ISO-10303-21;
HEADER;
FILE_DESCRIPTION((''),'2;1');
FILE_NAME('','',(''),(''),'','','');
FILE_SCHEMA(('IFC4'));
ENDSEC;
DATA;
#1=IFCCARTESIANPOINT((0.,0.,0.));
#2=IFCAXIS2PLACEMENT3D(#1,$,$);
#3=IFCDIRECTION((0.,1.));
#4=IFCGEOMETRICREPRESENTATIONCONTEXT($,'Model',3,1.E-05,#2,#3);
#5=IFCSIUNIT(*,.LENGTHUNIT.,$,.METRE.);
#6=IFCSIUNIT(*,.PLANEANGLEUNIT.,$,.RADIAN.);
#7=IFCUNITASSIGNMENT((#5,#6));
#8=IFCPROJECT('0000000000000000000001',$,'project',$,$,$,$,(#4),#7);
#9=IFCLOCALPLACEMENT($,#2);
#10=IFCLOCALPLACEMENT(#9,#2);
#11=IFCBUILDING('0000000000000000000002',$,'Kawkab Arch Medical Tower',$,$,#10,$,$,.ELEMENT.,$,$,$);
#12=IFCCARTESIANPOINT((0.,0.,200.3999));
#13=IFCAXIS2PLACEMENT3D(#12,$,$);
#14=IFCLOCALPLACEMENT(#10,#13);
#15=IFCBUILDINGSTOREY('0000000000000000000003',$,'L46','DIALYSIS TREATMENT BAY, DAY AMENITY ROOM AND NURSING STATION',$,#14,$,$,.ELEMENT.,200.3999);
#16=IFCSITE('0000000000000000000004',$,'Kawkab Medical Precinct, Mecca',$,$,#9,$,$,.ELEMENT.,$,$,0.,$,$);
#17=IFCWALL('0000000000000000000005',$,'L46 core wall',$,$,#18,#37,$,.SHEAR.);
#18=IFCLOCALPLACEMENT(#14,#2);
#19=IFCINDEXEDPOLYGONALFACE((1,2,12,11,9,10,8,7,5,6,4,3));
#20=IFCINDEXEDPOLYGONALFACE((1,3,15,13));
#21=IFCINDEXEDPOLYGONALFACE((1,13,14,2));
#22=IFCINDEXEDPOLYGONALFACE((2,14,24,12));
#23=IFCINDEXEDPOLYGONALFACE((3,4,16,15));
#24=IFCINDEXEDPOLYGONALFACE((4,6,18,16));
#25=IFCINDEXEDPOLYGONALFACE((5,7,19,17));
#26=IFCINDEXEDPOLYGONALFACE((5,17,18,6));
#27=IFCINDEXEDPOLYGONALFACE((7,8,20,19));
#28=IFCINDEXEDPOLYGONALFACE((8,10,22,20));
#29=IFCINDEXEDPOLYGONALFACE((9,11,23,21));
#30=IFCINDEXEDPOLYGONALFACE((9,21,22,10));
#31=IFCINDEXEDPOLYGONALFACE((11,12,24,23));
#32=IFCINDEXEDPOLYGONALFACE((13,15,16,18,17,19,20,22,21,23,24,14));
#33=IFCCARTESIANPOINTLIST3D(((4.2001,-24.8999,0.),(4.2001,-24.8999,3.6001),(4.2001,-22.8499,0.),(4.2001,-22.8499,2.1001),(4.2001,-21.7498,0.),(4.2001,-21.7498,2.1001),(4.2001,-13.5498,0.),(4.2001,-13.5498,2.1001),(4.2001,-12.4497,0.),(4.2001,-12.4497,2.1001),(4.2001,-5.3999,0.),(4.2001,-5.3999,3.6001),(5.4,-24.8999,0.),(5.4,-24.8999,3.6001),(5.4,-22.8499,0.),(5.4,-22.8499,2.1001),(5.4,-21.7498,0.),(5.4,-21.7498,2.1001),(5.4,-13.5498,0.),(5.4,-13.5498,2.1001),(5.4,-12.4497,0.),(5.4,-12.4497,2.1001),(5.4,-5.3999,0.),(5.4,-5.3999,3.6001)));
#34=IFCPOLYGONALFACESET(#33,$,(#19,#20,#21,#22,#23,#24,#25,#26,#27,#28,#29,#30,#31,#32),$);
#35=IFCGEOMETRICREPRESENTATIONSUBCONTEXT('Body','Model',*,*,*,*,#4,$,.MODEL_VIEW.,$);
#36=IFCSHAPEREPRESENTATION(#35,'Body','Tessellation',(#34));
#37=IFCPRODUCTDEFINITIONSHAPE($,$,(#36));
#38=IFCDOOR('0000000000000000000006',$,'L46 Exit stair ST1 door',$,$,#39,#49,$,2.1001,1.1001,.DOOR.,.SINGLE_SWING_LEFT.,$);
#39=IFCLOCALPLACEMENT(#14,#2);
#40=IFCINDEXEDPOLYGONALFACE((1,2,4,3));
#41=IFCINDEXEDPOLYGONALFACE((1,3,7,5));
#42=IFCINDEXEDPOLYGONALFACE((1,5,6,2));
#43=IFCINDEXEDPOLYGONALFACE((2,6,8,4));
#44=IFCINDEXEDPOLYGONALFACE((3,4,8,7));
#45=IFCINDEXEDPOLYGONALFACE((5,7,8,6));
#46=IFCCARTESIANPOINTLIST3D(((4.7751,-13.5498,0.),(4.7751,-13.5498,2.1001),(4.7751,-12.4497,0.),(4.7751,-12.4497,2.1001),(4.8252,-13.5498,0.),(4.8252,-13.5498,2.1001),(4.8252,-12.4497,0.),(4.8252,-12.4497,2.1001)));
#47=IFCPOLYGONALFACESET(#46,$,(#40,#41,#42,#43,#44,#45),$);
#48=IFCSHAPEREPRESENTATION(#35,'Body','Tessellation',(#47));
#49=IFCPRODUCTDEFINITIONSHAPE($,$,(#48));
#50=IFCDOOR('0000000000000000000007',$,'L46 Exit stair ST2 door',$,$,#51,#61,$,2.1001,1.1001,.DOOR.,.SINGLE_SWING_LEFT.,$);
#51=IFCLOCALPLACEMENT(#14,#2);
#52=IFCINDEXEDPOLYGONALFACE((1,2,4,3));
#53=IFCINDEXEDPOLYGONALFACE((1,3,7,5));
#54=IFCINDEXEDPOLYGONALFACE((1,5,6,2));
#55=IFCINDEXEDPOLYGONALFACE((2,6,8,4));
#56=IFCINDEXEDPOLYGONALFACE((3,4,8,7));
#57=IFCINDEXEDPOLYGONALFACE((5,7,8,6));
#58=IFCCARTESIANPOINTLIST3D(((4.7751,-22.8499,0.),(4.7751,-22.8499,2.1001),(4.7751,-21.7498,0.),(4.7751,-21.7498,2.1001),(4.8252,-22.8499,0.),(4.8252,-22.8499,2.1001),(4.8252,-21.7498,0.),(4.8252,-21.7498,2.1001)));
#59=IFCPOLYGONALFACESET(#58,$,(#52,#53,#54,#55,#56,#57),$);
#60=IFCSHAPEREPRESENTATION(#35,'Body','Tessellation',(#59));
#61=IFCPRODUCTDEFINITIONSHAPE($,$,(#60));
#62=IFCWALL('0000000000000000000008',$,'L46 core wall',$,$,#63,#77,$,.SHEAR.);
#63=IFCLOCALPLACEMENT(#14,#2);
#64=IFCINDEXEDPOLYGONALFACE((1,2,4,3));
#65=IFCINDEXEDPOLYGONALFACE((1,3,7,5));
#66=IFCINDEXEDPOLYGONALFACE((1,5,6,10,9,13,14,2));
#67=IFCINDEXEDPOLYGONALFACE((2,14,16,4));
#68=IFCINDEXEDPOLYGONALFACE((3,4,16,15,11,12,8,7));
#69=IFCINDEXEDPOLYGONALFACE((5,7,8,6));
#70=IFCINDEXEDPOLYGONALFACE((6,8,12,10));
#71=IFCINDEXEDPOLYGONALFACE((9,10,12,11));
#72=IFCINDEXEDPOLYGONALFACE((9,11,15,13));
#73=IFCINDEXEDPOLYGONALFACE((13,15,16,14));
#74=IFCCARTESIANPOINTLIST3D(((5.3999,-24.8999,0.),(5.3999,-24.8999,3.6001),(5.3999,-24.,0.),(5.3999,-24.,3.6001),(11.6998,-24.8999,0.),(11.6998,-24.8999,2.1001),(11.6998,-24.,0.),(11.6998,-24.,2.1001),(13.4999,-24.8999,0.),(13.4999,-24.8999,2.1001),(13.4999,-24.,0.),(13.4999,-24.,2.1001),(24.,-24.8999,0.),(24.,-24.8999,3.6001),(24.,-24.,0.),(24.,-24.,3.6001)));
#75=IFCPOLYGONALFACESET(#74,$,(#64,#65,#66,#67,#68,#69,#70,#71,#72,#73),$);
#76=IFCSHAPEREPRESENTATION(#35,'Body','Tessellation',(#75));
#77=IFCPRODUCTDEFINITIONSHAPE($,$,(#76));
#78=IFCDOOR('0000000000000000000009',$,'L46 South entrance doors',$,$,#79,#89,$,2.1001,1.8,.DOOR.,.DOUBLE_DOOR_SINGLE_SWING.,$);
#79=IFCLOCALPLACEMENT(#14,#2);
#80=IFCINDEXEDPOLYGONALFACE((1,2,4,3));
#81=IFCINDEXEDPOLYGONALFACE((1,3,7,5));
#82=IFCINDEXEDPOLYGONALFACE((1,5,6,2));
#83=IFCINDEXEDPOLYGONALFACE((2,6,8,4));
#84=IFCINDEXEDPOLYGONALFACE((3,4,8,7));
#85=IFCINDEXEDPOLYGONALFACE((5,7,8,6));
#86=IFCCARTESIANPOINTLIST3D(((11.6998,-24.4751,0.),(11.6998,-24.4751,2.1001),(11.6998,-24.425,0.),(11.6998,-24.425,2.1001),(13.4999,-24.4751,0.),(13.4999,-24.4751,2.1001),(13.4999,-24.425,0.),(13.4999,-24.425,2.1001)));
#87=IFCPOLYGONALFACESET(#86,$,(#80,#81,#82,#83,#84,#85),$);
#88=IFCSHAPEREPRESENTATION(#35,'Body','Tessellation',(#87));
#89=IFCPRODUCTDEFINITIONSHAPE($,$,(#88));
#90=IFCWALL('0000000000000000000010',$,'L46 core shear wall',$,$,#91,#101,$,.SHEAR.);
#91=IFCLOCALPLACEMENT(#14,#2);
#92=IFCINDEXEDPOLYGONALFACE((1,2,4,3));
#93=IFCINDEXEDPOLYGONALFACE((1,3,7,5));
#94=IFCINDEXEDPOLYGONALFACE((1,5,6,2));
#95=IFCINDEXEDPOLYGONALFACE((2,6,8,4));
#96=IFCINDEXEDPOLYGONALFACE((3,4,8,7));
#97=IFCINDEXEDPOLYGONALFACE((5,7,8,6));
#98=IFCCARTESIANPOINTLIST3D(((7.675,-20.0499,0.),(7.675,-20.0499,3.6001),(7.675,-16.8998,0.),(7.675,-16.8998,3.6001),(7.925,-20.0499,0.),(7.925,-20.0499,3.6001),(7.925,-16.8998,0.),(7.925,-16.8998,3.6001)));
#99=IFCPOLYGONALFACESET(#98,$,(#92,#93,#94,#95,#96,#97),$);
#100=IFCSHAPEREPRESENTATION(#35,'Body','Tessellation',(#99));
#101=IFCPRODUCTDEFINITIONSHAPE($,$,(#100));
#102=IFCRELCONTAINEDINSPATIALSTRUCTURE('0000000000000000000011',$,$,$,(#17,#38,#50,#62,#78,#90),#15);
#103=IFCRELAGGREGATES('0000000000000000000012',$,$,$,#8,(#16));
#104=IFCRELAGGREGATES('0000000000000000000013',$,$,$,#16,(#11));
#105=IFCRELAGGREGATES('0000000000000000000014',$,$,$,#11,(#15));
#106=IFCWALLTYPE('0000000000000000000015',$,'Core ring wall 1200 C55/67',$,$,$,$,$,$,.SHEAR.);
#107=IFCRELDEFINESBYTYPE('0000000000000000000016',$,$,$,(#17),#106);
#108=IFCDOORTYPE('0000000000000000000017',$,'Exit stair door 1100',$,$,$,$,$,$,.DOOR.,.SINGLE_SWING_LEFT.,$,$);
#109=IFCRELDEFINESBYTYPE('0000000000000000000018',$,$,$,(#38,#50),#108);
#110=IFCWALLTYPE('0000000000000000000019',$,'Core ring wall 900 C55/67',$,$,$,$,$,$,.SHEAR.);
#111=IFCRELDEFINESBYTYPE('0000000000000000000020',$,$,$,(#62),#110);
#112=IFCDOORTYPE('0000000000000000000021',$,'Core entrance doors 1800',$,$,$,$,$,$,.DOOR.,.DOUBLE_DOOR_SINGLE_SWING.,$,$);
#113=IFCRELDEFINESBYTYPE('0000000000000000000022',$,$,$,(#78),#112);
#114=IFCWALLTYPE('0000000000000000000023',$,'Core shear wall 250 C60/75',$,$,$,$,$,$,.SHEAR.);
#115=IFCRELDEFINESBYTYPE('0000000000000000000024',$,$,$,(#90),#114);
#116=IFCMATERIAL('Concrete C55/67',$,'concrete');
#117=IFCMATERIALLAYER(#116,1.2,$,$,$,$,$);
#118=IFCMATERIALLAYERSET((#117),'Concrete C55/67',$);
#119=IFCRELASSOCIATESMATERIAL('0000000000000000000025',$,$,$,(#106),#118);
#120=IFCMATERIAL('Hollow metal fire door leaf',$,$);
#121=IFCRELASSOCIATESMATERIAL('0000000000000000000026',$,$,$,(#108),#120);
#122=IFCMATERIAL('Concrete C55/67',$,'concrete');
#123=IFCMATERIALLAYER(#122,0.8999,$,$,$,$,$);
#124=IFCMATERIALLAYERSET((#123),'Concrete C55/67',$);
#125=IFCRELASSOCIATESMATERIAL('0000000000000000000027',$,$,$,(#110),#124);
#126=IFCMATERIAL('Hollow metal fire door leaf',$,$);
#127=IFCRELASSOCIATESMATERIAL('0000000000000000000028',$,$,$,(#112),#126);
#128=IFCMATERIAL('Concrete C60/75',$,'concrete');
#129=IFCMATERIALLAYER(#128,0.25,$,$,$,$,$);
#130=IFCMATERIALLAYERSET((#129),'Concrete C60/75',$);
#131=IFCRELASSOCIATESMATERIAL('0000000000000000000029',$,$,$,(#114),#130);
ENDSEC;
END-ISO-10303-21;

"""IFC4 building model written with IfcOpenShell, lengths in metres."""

from ifc_helpers import new_model, si_unit, direction, frame, frame_2d, origin, place, context, subcontext, project, spatial, rectangle, extrude, material, layer, layer_set, type_object, element, fill, save


model = new_model("IFC4")

# Units and contexts
model_context = context("Model", 3, precision=1e-05, world=origin(), true_north=direction((0.0, 1.0)))
body_context = subcontext(model_context, "Body", "Model", "MODEL_VIEW")
ifc_project = project(units=[si_unit("LENGTHUNIT", "METRE"), si_unit("PLANEANGLEUNIT", "RADIAN")], contexts=[model_context])

# Site, building, storey
site_placement = place(None, origin())
site = spatial("IfcSite", under=ifc_project, at=site_placement, Name="Kawkab Medical Precinct, Mecca", CompositionType="ELEMENT", RefElevation=0.0)
building_placement = place(site_placement, origin())
building = spatial("IfcBuilding", under=site, at=building_placement, Name="Kawkab Arch Medical Tower", CompositionType="ELEMENT")
storey_placement = place(building_placement, frame((0.0, 0.0, 200.3999)))
storey = spatial("IfcBuildingStorey", under=building, at=storey_placement, Name="L46", Description="DIALYSIS TREATMENT BAY, DAY AMENITY ROOM AND NURSING STATION", CompositionType="ELEMENT", Elevation=200.3999)

# Wall, openings, doors
ifc_material_1 = material(Name="Concrete C55/67", Category="concrete")
ifc_layer_1 = layer(ifc_material_1, 1.2)
ifc_layer_set_1 = layer_set([ifc_layer_1], Name="Concrete C55/67")
wall_type_1 = type_object("IfcWallType", Name="Core ring wall 1200 C55/67", PredefinedType="SHEAR", material=ifc_layer_set_1)
wall_1_placement = place(storey_placement, frame((4.8, -24.8999, 0.0), z_axis=(0.0, 0.0, 1.0), x_axis=(0.0, 1.0, 0.0)))
wall_1 = element("IfcWall", 1, at=wall_1_placement, inside=storey, type_object=wall_type_1, Name="L46 core wall", PredefinedType="SHEAR", context=body_context, shape_type="SweptSolid", body=[
    extrude(rectangle(XDim=19.5, YDim=1.2, at=frame_2d((9.75, 0.0))), origin(), (0.0, 0.0, 1.0), 3.6001),
])
opening_1_placement = place(wall_1_placement, frame((11.3501, 0.0, 0.0)))
opening_1 = element("IfcOpeningElement", 2, at=opening_1_placement, cuts=wall_1, PredefinedType="OPENING", context=body_context, shape_type="SweptSolid", body=[
    extrude(rectangle(XDim=1.1001, YDim=2.1001, at=frame_2d((0.55, 1.05))), frame((0.0, 0.6099, 0.0), z_axis=(0.0, -1.0, 0.0), x_axis=(1.0, 0.0, 0.0)), (0.0, 0.0, 1.0), 1.22),
])
opening_2_placement = place(wall_1_placement, frame((2.05, 0.0, 0.0)))
opening_2 = element("IfcOpeningElement", 3, at=opening_2_placement, cuts=wall_1, PredefinedType="OPENING", context=body_context, shape_type="SweptSolid", body=[
    extrude(rectangle(XDim=1.1001, YDim=2.1001, at=frame_2d((0.55, 1.05))), frame((0.0, 0.6099, 0.0), z_axis=(0.0, -1.0, 0.0), x_axis=(1.0, 0.0, 0.0)), (0.0, 0.0, 1.0), 1.22),
])
ifc_material_2 = material(Name="Hollow metal fire door leaf")
door_type_1 = type_object("IfcDoorType", Name="Exit stair door 1100", OperationType="SINGLE_SWING_LEFT", PredefinedType="DOOR", material=ifc_material_2)
door_1_placement = place(opening_1_placement, origin())
door_1 = element("IfcDoor", 4, at=door_1_placement, inside=storey, type_object=door_type_1, Name="L46 Exit stair ST1 door", OperationType="SINGLE_SWING_LEFT", OverallHeight=2.1001, OverallWidth=1.1001, PredefinedType="DOOR", context=body_context, shape_type="SweptSolid", body=[
    extrude(rectangle(XDim=1.1001, YDim=2.1001, at=frame_2d((0.55, 1.05))), frame((0.0, 0.0249, 0.0), z_axis=(0.0, -1.0, 0.0), x_axis=(1.0, 0.0, 0.0)), (0.0, 0.0, 1.0), 0.05),
])
fill(opening_1, door_1)
door_2_placement = place(opening_2_placement, origin())
door_2 = element("IfcDoor", 5, at=door_2_placement, inside=storey, type_object=door_type_1, Name="L46 Exit stair ST2 door", OperationType="SINGLE_SWING_LEFT", OverallHeight=2.1001, OverallWidth=1.1001, PredefinedType="DOOR", context=body_context, shape_type="SweptSolid", body=[
    extrude(rectangle(XDim=1.1001, YDim=2.1001, at=frame_2d((0.55, 1.05))), frame((0.0, 0.0249, 0.0), z_axis=(0.0, -1.0, 0.0), x_axis=(1.0, 0.0, 0.0)), (0.0, 0.0, 1.0), 0.05),
])
fill(opening_2, door_2)

# Wall, opening, door
ifc_material_3 = material(Name="Concrete C55/67", Category="concrete")
ifc_layer_2 = layer(ifc_material_3, 0.8999)
ifc_layer_set_2 = layer_set([ifc_layer_2], Name="Concrete C55/67")
wall_type_2 = type_object("IfcWallType", Name="Core ring wall 900 C55/67", PredefinedType="SHEAR", material=ifc_layer_set_2)
wall_2_placement = place(storey_placement, frame((5.3999, -24.45, 0.0), z_axis=(0.0, 0.0, 1.0), x_axis=(1.0, 0.0, 0.0)))
wall_2 = element("IfcWall", 6, at=wall_2_placement, inside=storey, type_object=wall_type_2, Name="L46 core wall", PredefinedType="SHEAR", context=body_context, shape_type="SweptSolid", body=[
    extrude(rectangle(XDim=18.6001, YDim=0.8999, at=frame_2d((9.3, 0.0))), origin(), (0.0, 0.0, 1.0), 3.6001),
])
opening_3_placement = place(wall_2_placement, frame((6.3, 0.0, 0.0)))
opening_3 = element("IfcOpeningElement", 7, at=opening_3_placement, cuts=wall_2, PredefinedType="OPENING", context=body_context, shape_type="SweptSolid", body=[
    extrude(rectangle(XDim=1.8, YDim=2.1001, at=frame_2d((0.8999, 1.05))), frame((0.0, 0.46, 0.0), z_axis=(0.0, -1.0, 0.0), x_axis=(1.0, 0.0, 0.0)), (0.0, 0.0, 1.0), 0.9199),
])
ifc_material_4 = material(Name="Hollow metal fire door leaf")
door_type_2 = type_object("IfcDoorType", Name="Core entrance doors 1800", OperationType="DOUBLE_DOOR_SINGLE_SWING", PredefinedType="DOOR", material=ifc_material_4)
door_3_placement = place(opening_3_placement, origin())
door_3 = element("IfcDoor", 8, at=door_3_placement, inside=storey, type_object=door_type_2, Name="L46 South entrance doors", OperationType="DOUBLE_DOOR_SINGLE_SWING", OverallHeight=2.1001, OverallWidth=1.8, PredefinedType="DOOR", context=body_context, shape_type="SweptSolid", body=[
    extrude(rectangle(XDim=1.8, YDim=2.1001, at=frame_2d((0.8999, 1.05))), frame((0.0, 0.0249, 0.0), z_axis=(0.0, -1.0, 0.0), x_axis=(1.0, 0.0, 0.0)), (0.0, 0.0, 1.0), 0.05),
])
fill(opening_3, door_3)

# Wall
ifc_material_5 = material(Name="Concrete C60/75", Category="concrete")
ifc_layer_3 = layer(ifc_material_5, 0.25)
ifc_layer_set_3 = layer_set([ifc_layer_3], Name="Concrete C60/75")
wall_type_3 = type_object("IfcWallType", Name="Core shear wall 250 C60/75", PredefinedType="SHEAR", material=ifc_layer_set_3)
wall_3_placement = place(storey_placement, frame((7.8, -20.05, 0.0), z_axis=(0.0, 0.0, 1.0), x_axis=(0.0, 1.0, 0.0)))
element("IfcWall", 9, at=wall_3_placement, inside=storey, type_object=wall_type_3, Name="L46 core shear wall", PredefinedType="SHEAR", context=body_context, shape_type="SweptSolid", body=[
    extrude(rectangle(XDim=3.1501, YDim=0.25, at=frame_2d((1.5752, 0.0))), origin(), (0.0, 0.0, 1.0), 3.6001),
])

save(model, "model.ifc")
